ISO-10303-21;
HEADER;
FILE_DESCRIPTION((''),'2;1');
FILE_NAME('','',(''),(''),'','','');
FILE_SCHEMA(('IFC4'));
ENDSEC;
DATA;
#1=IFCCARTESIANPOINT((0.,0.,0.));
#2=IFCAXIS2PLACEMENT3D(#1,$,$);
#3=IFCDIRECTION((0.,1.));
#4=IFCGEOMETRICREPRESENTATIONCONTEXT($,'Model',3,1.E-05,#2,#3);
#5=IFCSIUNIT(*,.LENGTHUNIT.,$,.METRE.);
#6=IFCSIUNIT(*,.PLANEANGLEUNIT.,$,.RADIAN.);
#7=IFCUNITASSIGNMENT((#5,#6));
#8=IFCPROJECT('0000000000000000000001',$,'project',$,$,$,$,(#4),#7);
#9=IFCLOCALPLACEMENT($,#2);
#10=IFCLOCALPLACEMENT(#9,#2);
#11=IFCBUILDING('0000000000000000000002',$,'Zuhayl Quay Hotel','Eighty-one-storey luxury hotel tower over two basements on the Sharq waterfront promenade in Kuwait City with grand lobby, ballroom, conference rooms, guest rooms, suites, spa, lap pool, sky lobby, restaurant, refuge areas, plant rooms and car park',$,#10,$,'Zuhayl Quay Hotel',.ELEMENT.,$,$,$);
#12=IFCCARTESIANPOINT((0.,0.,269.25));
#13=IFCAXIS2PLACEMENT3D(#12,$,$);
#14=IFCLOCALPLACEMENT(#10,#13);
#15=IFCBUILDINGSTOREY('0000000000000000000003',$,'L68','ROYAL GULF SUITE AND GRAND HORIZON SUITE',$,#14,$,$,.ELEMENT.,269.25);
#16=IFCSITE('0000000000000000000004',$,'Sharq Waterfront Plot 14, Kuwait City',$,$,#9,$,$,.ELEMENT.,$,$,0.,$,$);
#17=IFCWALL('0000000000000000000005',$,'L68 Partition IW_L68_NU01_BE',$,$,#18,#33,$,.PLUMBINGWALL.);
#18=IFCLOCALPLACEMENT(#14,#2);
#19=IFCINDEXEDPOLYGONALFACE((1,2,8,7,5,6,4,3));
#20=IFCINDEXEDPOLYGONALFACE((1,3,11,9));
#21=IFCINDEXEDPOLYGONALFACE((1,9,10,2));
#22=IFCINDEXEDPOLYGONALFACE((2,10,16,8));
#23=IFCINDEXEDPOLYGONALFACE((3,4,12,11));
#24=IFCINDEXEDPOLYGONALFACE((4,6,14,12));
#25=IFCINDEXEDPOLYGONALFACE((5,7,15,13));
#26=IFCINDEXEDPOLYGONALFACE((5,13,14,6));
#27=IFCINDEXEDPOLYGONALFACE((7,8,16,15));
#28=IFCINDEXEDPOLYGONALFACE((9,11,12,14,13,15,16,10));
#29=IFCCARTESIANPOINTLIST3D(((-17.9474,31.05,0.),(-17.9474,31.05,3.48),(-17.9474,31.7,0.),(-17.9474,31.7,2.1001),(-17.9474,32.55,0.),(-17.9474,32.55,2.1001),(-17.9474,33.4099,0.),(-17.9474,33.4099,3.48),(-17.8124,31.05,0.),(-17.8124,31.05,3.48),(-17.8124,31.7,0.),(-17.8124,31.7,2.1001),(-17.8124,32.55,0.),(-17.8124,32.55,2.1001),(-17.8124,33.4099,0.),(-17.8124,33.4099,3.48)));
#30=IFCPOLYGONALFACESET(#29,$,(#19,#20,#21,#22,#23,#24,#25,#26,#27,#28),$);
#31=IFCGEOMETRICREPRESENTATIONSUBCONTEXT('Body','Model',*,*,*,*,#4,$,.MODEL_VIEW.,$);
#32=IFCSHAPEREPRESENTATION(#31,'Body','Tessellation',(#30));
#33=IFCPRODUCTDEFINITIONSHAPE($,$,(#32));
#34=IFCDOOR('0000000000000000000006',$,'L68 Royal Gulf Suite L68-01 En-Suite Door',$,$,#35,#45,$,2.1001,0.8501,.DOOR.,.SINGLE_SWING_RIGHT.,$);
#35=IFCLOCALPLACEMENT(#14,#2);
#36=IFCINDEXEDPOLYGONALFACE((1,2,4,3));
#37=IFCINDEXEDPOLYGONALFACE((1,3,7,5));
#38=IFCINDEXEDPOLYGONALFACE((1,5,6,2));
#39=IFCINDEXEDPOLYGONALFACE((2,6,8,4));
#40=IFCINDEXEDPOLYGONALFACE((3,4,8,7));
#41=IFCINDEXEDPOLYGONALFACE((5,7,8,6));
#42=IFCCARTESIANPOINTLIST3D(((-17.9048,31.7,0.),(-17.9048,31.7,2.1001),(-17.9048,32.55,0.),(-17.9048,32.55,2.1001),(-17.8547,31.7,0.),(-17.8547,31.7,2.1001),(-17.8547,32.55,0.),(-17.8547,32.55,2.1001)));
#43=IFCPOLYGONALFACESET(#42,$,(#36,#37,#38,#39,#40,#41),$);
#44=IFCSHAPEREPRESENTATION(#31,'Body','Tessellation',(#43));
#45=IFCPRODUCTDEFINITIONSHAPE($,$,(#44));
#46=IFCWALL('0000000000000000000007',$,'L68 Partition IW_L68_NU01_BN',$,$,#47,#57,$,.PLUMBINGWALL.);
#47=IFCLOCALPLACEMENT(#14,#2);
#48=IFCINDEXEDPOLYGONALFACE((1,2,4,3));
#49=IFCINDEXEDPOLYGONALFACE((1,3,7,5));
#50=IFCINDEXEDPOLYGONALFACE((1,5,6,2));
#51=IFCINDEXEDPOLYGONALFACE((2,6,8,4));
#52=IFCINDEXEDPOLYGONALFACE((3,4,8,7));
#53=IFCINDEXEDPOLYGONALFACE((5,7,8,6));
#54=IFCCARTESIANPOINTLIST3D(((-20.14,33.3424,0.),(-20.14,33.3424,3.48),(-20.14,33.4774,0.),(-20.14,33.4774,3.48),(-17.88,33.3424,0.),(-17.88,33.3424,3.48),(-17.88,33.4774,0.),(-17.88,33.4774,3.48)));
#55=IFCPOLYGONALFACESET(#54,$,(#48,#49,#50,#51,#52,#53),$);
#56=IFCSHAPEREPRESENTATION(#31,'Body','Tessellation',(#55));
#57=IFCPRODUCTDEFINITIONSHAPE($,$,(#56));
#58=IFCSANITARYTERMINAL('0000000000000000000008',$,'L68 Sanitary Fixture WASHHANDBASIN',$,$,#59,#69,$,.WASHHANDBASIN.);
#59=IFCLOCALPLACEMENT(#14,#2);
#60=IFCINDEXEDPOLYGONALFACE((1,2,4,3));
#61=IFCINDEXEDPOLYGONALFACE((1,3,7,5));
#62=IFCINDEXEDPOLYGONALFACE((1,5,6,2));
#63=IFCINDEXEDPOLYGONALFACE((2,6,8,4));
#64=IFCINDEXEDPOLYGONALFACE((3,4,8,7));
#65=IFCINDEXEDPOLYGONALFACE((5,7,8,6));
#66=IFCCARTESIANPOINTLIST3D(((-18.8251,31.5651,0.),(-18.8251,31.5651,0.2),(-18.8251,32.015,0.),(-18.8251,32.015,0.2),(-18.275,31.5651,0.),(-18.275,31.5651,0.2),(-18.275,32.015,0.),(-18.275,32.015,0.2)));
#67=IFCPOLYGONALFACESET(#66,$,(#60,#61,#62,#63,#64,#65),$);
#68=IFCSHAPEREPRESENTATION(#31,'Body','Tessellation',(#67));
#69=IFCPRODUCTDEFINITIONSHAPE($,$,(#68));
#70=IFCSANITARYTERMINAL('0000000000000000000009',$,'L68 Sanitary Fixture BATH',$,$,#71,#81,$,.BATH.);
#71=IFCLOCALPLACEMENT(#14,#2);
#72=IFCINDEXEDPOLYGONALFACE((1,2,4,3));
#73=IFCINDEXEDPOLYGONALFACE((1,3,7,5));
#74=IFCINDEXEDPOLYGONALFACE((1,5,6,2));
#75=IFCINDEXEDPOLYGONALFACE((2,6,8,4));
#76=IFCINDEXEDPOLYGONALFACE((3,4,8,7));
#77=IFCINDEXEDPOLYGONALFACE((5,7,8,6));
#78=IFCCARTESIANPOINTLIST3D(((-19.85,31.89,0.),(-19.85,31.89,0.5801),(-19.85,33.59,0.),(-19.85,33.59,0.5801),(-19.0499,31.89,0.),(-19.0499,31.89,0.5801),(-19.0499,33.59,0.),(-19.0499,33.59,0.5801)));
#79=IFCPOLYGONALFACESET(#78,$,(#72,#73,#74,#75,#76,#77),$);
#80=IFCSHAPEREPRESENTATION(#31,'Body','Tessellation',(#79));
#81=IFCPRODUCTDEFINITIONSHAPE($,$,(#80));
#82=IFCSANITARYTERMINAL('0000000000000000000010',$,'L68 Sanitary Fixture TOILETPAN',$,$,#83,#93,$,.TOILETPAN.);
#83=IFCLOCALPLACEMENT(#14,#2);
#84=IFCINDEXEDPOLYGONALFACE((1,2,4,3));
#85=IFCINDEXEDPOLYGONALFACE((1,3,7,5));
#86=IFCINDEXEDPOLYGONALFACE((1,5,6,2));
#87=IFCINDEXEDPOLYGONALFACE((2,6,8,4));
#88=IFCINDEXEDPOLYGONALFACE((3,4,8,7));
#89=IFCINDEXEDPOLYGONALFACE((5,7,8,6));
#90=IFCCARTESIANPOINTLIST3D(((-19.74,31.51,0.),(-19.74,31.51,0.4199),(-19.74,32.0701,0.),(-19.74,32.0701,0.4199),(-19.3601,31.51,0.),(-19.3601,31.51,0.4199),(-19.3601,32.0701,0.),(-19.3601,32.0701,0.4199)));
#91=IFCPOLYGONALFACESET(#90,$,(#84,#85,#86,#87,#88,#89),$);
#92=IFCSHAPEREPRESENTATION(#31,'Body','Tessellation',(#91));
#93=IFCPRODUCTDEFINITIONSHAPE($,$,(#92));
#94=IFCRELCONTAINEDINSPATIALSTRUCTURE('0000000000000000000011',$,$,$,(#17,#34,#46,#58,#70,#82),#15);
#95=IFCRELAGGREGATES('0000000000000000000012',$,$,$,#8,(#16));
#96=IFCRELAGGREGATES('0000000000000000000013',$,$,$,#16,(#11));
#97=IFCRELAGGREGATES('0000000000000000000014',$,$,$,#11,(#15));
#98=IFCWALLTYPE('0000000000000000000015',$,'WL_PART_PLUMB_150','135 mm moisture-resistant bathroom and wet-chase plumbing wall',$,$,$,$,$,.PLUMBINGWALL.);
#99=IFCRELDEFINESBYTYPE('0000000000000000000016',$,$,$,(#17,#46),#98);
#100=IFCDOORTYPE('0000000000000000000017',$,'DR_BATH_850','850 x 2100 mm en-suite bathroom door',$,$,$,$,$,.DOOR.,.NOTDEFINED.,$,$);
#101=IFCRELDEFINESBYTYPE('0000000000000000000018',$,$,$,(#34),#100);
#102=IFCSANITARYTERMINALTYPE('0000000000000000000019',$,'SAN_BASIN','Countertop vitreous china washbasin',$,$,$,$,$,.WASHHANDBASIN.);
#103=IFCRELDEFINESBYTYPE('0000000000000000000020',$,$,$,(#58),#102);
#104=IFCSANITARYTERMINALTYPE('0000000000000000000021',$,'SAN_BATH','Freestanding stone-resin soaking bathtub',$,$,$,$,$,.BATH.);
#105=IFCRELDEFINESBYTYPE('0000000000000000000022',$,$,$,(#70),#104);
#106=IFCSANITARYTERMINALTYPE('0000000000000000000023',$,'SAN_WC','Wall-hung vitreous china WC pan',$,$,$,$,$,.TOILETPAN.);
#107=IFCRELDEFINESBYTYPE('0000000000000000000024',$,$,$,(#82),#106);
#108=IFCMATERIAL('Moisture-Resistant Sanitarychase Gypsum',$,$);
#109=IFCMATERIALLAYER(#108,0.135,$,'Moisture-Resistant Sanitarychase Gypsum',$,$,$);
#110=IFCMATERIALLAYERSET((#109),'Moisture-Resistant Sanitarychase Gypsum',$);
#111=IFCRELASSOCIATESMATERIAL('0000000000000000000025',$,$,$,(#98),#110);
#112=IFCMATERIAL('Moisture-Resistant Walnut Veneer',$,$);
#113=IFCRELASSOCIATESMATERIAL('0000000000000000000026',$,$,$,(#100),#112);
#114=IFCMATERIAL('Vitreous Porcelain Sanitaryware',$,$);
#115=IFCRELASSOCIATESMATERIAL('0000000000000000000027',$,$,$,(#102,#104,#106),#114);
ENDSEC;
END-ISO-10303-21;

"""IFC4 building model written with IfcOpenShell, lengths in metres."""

from ifc_helpers import new_model, si_unit, direction, frame, frame_2d, origin, origin_2d, place, context, subcontext, project, spatial, rectangle, extrude, material, layer, layer_set, type_object, element, fill, save


model = new_model("IFC4")

# Units and contexts
model_context = context("Model", 3, precision=1e-05, world=origin(), true_north=direction((0.0, 1.0)))
body_context = subcontext(model_context, "Body", "Model", "MODEL_VIEW")
ifc_project = project(units=[si_unit("LENGTHUNIT", "METRE"), si_unit("PLANEANGLEUNIT", "RADIAN")], contexts=[model_context])

# Site, building, storey
site_placement = place(None, origin())
site = spatial("IfcSite", under=ifc_project, at=site_placement, Name="Sharq Waterfront Plot 14, Kuwait City", CompositionType="ELEMENT", RefElevation=0.0)
building_placement = place(site_placement, origin())
building = spatial("IfcBuilding", under=site, at=building_placement, Name="Zuhayl Quay Hotel", Description="Eighty-one-storey luxury hotel tower over two basements on the Sharq waterfront promenade in Kuwait City with grand lobby, ballroom, conference rooms, guest rooms, suites, spa, lap pool, sky lobby, restaurant, refuge areas, plant rooms and car park", LongName="Zuhayl Quay Hotel", CompositionType="ELEMENT")
storey_placement = place(building_placement, frame((0.0, 0.0, 269.25)))
storey = spatial("IfcBuildingStorey", under=building, at=storey_placement, Name="L68", Description="ROYAL GULF SUITE AND GRAND HORIZON SUITE", CompositionType="ELEMENT", Elevation=269.25)

# Wall, opening, door
ifc_material_1 = material(Name="Moisture-Resistant Sanitarychase Gypsum")
ifc_layer_1 = layer(ifc_material_1, 0.135, Name="Moisture-Resistant Sanitarychase Gypsum")
ifc_layer_set_1 = layer_set([ifc_layer_1], Name="Moisture-Resistant Sanitarychase Gypsum")
wall_type_1 = type_object("IfcWallType", Name="WL_PART_PLUMB_150", Description="135 mm moisture-resistant bathroom and wet-chase plumbing wall", PredefinedType="PLUMBINGWALL", material=ifc_layer_set_1)
wall_1_placement = place(storey_placement, frame((-17.8799, 31.05, 0.0), z_axis=(0.0, 0.0, 1.0), x_axis=(0.0, 1.0, 0.0)))
wall_1 = element("IfcWall", 1, at=wall_1_placement, inside=storey, type_object=wall_type_1, Name="L68 Partition IW_L68_NU01_BE", PredefinedType="PLUMBINGWALL", context=body_context, shape_type="SweptSolid", body=[
    extrude(rectangle(XDim=2.3599, YDim=0.135, at=frame_2d((1.1799, 0.0))), origin(), (0.0, 0.0, 1.0), 3.48),
])
opening_1_placement = place(wall_1_placement, frame((0.6499, 0.0, 0.0)))
opening_1 = element("IfcOpeningElement", 2, at=opening_1_placement, cuts=wall_1, PredefinedType="OPENING", context=body_context, shape_type="SweptSolid", body=[
    extrude(rectangle(XDim=0.8501, YDim=2.1001, at=frame_2d((0.425, 1.05))), frame((0.0, 0.0774, 0.0), z_axis=(0.0, -1.0, 0.0), x_axis=(1.0, 0.0, 0.0)), (0.0, 0.0, 1.0), 0.155),
])
ifc_material_2 = material(Name="Moisture-Resistant Walnut Veneer")
door_type_1 = type_object("IfcDoorType", Name="DR_BATH_850", Description="850 x 2100 mm en-suite bathroom door", OperationType="NOTDEFINED", PredefinedType="DOOR", material=ifc_material_2)
door_1_placement = place(opening_1_placement, origin())
door_1 = element("IfcDoor", 3, at=door_1_placement, inside=storey, type_object=door_type_1, Name="L68 Royal Gulf Suite L68-01 En-Suite Door", OperationType="SINGLE_SWING_RIGHT", OverallHeight=2.1001, OverallWidth=0.8501, PredefinedType="DOOR", context=body_context, shape_type="SweptSolid", body=[
    extrude(rectangle(XDim=0.8501, YDim=2.1001, at=frame_2d((0.425, 1.05))), frame((0.0, 0.0249, 0.0), z_axis=(0.0, -1.0, 0.0), x_axis=(1.0, 0.0, 0.0)), (0.0, 0.0, 1.0), 0.05),
])
fill(opening_1, door_1)

# Wall
wall_2_placement = place(storey_placement, frame((-20.1399, 33.4099, 0.0), z_axis=(0.0, 0.0, 1.0), x_axis=(1.0, 0.0, 0.0)))
element("IfcWall", 4, at=wall_2_placement, inside=storey, type_object=wall_type_1, Name="L68 Partition IW_L68_NU01_BN", PredefinedType="PLUMBINGWALL", context=body_context, shape_type="SweptSolid", body=[
    extrude(rectangle(XDim=2.26, YDim=0.135, at=frame_2d((1.1299, 0.0))), origin(), (0.0, 0.0, 1.0), 3.48),
])

# Sanitary terminals
ifc_material_3 = material(Name="Vitreous Porcelain Sanitaryware")
sanitary_terminal_type_1 = type_object("IfcSanitaryTerminalType", Name="SAN_BASIN", Description="Countertop vitreous china washbasin", PredefinedType="WASHHANDBASIN", material=ifc_material_3)
sanitary_terminal_1_placement = place(storey_placement, frame((-18.55, 31.79, 0.0), z_axis=(0.0, 0.0, 1.0), x_axis=(1.0, 0.0, 0.0)))
element("IfcSanitaryTerminal", 5, at=sanitary_terminal_1_placement, inside=storey, type_object=sanitary_terminal_type_1, Name="L68 Sanitary Fixture WASHHANDBASIN", PredefinedType="WASHHANDBASIN", context=body_context, shape_type="SweptSolid", body=[
    extrude(rectangle(XDim=0.55, YDim=0.45, at=origin_2d()), origin(), (0.0, 0.0, 1.0), 0.2),
])
sanitary_terminal_type_2 = type_object("IfcSanitaryTerminalType", Name="SAN_BATH", Description="Freestanding stone-resin soaking bathtub", PredefinedType="BATH", material=ifc_material_3)
sanitary_terminal_2_placement = place(storey_placement, frame((-19.45, 32.74, 0.0), z_axis=(0.0, 0.0, 1.0), x_axis=(1.0, 0.0, 0.0)))
element("IfcSanitaryTerminal", 6, at=sanitary_terminal_2_placement, inside=storey, type_object=sanitary_terminal_type_2, Name="L68 Sanitary Fixture BATH", PredefinedType="BATH", context=body_context, shape_type="SweptSolid", body=[
    extrude(rectangle(XDim=0.8, YDim=1.7, at=origin_2d()), origin(), (0.0, 0.0, 1.0), 0.5801),
])
sanitary_terminal_type_3 = type_object("IfcSanitaryTerminalType", Name="SAN_WC", Description="Wall-hung vitreous china WC pan", PredefinedType="TOILETPAN", material=ifc_material_3)
sanitary_terminal_3_placement = place(storey_placement, frame((-19.55, 31.79, 0.0), z_axis=(0.0, 0.0, 1.0), x_axis=(1.0, 0.0, 0.0)))
element("IfcSanitaryTerminal", 7, at=sanitary_terminal_3_placement, inside=storey, type_object=sanitary_terminal_type_3, Name="L68 Sanitary Fixture TOILETPAN", PredefinedType="TOILETPAN", context=body_context, shape_type="SweptSolid", body=[
    extrude(rectangle(XDim=0.3799, YDim=0.5601, at=origin_2d()), origin(), (0.0, 0.0, 1.0), 0.4199),
])

save(model, "model.ifc")
